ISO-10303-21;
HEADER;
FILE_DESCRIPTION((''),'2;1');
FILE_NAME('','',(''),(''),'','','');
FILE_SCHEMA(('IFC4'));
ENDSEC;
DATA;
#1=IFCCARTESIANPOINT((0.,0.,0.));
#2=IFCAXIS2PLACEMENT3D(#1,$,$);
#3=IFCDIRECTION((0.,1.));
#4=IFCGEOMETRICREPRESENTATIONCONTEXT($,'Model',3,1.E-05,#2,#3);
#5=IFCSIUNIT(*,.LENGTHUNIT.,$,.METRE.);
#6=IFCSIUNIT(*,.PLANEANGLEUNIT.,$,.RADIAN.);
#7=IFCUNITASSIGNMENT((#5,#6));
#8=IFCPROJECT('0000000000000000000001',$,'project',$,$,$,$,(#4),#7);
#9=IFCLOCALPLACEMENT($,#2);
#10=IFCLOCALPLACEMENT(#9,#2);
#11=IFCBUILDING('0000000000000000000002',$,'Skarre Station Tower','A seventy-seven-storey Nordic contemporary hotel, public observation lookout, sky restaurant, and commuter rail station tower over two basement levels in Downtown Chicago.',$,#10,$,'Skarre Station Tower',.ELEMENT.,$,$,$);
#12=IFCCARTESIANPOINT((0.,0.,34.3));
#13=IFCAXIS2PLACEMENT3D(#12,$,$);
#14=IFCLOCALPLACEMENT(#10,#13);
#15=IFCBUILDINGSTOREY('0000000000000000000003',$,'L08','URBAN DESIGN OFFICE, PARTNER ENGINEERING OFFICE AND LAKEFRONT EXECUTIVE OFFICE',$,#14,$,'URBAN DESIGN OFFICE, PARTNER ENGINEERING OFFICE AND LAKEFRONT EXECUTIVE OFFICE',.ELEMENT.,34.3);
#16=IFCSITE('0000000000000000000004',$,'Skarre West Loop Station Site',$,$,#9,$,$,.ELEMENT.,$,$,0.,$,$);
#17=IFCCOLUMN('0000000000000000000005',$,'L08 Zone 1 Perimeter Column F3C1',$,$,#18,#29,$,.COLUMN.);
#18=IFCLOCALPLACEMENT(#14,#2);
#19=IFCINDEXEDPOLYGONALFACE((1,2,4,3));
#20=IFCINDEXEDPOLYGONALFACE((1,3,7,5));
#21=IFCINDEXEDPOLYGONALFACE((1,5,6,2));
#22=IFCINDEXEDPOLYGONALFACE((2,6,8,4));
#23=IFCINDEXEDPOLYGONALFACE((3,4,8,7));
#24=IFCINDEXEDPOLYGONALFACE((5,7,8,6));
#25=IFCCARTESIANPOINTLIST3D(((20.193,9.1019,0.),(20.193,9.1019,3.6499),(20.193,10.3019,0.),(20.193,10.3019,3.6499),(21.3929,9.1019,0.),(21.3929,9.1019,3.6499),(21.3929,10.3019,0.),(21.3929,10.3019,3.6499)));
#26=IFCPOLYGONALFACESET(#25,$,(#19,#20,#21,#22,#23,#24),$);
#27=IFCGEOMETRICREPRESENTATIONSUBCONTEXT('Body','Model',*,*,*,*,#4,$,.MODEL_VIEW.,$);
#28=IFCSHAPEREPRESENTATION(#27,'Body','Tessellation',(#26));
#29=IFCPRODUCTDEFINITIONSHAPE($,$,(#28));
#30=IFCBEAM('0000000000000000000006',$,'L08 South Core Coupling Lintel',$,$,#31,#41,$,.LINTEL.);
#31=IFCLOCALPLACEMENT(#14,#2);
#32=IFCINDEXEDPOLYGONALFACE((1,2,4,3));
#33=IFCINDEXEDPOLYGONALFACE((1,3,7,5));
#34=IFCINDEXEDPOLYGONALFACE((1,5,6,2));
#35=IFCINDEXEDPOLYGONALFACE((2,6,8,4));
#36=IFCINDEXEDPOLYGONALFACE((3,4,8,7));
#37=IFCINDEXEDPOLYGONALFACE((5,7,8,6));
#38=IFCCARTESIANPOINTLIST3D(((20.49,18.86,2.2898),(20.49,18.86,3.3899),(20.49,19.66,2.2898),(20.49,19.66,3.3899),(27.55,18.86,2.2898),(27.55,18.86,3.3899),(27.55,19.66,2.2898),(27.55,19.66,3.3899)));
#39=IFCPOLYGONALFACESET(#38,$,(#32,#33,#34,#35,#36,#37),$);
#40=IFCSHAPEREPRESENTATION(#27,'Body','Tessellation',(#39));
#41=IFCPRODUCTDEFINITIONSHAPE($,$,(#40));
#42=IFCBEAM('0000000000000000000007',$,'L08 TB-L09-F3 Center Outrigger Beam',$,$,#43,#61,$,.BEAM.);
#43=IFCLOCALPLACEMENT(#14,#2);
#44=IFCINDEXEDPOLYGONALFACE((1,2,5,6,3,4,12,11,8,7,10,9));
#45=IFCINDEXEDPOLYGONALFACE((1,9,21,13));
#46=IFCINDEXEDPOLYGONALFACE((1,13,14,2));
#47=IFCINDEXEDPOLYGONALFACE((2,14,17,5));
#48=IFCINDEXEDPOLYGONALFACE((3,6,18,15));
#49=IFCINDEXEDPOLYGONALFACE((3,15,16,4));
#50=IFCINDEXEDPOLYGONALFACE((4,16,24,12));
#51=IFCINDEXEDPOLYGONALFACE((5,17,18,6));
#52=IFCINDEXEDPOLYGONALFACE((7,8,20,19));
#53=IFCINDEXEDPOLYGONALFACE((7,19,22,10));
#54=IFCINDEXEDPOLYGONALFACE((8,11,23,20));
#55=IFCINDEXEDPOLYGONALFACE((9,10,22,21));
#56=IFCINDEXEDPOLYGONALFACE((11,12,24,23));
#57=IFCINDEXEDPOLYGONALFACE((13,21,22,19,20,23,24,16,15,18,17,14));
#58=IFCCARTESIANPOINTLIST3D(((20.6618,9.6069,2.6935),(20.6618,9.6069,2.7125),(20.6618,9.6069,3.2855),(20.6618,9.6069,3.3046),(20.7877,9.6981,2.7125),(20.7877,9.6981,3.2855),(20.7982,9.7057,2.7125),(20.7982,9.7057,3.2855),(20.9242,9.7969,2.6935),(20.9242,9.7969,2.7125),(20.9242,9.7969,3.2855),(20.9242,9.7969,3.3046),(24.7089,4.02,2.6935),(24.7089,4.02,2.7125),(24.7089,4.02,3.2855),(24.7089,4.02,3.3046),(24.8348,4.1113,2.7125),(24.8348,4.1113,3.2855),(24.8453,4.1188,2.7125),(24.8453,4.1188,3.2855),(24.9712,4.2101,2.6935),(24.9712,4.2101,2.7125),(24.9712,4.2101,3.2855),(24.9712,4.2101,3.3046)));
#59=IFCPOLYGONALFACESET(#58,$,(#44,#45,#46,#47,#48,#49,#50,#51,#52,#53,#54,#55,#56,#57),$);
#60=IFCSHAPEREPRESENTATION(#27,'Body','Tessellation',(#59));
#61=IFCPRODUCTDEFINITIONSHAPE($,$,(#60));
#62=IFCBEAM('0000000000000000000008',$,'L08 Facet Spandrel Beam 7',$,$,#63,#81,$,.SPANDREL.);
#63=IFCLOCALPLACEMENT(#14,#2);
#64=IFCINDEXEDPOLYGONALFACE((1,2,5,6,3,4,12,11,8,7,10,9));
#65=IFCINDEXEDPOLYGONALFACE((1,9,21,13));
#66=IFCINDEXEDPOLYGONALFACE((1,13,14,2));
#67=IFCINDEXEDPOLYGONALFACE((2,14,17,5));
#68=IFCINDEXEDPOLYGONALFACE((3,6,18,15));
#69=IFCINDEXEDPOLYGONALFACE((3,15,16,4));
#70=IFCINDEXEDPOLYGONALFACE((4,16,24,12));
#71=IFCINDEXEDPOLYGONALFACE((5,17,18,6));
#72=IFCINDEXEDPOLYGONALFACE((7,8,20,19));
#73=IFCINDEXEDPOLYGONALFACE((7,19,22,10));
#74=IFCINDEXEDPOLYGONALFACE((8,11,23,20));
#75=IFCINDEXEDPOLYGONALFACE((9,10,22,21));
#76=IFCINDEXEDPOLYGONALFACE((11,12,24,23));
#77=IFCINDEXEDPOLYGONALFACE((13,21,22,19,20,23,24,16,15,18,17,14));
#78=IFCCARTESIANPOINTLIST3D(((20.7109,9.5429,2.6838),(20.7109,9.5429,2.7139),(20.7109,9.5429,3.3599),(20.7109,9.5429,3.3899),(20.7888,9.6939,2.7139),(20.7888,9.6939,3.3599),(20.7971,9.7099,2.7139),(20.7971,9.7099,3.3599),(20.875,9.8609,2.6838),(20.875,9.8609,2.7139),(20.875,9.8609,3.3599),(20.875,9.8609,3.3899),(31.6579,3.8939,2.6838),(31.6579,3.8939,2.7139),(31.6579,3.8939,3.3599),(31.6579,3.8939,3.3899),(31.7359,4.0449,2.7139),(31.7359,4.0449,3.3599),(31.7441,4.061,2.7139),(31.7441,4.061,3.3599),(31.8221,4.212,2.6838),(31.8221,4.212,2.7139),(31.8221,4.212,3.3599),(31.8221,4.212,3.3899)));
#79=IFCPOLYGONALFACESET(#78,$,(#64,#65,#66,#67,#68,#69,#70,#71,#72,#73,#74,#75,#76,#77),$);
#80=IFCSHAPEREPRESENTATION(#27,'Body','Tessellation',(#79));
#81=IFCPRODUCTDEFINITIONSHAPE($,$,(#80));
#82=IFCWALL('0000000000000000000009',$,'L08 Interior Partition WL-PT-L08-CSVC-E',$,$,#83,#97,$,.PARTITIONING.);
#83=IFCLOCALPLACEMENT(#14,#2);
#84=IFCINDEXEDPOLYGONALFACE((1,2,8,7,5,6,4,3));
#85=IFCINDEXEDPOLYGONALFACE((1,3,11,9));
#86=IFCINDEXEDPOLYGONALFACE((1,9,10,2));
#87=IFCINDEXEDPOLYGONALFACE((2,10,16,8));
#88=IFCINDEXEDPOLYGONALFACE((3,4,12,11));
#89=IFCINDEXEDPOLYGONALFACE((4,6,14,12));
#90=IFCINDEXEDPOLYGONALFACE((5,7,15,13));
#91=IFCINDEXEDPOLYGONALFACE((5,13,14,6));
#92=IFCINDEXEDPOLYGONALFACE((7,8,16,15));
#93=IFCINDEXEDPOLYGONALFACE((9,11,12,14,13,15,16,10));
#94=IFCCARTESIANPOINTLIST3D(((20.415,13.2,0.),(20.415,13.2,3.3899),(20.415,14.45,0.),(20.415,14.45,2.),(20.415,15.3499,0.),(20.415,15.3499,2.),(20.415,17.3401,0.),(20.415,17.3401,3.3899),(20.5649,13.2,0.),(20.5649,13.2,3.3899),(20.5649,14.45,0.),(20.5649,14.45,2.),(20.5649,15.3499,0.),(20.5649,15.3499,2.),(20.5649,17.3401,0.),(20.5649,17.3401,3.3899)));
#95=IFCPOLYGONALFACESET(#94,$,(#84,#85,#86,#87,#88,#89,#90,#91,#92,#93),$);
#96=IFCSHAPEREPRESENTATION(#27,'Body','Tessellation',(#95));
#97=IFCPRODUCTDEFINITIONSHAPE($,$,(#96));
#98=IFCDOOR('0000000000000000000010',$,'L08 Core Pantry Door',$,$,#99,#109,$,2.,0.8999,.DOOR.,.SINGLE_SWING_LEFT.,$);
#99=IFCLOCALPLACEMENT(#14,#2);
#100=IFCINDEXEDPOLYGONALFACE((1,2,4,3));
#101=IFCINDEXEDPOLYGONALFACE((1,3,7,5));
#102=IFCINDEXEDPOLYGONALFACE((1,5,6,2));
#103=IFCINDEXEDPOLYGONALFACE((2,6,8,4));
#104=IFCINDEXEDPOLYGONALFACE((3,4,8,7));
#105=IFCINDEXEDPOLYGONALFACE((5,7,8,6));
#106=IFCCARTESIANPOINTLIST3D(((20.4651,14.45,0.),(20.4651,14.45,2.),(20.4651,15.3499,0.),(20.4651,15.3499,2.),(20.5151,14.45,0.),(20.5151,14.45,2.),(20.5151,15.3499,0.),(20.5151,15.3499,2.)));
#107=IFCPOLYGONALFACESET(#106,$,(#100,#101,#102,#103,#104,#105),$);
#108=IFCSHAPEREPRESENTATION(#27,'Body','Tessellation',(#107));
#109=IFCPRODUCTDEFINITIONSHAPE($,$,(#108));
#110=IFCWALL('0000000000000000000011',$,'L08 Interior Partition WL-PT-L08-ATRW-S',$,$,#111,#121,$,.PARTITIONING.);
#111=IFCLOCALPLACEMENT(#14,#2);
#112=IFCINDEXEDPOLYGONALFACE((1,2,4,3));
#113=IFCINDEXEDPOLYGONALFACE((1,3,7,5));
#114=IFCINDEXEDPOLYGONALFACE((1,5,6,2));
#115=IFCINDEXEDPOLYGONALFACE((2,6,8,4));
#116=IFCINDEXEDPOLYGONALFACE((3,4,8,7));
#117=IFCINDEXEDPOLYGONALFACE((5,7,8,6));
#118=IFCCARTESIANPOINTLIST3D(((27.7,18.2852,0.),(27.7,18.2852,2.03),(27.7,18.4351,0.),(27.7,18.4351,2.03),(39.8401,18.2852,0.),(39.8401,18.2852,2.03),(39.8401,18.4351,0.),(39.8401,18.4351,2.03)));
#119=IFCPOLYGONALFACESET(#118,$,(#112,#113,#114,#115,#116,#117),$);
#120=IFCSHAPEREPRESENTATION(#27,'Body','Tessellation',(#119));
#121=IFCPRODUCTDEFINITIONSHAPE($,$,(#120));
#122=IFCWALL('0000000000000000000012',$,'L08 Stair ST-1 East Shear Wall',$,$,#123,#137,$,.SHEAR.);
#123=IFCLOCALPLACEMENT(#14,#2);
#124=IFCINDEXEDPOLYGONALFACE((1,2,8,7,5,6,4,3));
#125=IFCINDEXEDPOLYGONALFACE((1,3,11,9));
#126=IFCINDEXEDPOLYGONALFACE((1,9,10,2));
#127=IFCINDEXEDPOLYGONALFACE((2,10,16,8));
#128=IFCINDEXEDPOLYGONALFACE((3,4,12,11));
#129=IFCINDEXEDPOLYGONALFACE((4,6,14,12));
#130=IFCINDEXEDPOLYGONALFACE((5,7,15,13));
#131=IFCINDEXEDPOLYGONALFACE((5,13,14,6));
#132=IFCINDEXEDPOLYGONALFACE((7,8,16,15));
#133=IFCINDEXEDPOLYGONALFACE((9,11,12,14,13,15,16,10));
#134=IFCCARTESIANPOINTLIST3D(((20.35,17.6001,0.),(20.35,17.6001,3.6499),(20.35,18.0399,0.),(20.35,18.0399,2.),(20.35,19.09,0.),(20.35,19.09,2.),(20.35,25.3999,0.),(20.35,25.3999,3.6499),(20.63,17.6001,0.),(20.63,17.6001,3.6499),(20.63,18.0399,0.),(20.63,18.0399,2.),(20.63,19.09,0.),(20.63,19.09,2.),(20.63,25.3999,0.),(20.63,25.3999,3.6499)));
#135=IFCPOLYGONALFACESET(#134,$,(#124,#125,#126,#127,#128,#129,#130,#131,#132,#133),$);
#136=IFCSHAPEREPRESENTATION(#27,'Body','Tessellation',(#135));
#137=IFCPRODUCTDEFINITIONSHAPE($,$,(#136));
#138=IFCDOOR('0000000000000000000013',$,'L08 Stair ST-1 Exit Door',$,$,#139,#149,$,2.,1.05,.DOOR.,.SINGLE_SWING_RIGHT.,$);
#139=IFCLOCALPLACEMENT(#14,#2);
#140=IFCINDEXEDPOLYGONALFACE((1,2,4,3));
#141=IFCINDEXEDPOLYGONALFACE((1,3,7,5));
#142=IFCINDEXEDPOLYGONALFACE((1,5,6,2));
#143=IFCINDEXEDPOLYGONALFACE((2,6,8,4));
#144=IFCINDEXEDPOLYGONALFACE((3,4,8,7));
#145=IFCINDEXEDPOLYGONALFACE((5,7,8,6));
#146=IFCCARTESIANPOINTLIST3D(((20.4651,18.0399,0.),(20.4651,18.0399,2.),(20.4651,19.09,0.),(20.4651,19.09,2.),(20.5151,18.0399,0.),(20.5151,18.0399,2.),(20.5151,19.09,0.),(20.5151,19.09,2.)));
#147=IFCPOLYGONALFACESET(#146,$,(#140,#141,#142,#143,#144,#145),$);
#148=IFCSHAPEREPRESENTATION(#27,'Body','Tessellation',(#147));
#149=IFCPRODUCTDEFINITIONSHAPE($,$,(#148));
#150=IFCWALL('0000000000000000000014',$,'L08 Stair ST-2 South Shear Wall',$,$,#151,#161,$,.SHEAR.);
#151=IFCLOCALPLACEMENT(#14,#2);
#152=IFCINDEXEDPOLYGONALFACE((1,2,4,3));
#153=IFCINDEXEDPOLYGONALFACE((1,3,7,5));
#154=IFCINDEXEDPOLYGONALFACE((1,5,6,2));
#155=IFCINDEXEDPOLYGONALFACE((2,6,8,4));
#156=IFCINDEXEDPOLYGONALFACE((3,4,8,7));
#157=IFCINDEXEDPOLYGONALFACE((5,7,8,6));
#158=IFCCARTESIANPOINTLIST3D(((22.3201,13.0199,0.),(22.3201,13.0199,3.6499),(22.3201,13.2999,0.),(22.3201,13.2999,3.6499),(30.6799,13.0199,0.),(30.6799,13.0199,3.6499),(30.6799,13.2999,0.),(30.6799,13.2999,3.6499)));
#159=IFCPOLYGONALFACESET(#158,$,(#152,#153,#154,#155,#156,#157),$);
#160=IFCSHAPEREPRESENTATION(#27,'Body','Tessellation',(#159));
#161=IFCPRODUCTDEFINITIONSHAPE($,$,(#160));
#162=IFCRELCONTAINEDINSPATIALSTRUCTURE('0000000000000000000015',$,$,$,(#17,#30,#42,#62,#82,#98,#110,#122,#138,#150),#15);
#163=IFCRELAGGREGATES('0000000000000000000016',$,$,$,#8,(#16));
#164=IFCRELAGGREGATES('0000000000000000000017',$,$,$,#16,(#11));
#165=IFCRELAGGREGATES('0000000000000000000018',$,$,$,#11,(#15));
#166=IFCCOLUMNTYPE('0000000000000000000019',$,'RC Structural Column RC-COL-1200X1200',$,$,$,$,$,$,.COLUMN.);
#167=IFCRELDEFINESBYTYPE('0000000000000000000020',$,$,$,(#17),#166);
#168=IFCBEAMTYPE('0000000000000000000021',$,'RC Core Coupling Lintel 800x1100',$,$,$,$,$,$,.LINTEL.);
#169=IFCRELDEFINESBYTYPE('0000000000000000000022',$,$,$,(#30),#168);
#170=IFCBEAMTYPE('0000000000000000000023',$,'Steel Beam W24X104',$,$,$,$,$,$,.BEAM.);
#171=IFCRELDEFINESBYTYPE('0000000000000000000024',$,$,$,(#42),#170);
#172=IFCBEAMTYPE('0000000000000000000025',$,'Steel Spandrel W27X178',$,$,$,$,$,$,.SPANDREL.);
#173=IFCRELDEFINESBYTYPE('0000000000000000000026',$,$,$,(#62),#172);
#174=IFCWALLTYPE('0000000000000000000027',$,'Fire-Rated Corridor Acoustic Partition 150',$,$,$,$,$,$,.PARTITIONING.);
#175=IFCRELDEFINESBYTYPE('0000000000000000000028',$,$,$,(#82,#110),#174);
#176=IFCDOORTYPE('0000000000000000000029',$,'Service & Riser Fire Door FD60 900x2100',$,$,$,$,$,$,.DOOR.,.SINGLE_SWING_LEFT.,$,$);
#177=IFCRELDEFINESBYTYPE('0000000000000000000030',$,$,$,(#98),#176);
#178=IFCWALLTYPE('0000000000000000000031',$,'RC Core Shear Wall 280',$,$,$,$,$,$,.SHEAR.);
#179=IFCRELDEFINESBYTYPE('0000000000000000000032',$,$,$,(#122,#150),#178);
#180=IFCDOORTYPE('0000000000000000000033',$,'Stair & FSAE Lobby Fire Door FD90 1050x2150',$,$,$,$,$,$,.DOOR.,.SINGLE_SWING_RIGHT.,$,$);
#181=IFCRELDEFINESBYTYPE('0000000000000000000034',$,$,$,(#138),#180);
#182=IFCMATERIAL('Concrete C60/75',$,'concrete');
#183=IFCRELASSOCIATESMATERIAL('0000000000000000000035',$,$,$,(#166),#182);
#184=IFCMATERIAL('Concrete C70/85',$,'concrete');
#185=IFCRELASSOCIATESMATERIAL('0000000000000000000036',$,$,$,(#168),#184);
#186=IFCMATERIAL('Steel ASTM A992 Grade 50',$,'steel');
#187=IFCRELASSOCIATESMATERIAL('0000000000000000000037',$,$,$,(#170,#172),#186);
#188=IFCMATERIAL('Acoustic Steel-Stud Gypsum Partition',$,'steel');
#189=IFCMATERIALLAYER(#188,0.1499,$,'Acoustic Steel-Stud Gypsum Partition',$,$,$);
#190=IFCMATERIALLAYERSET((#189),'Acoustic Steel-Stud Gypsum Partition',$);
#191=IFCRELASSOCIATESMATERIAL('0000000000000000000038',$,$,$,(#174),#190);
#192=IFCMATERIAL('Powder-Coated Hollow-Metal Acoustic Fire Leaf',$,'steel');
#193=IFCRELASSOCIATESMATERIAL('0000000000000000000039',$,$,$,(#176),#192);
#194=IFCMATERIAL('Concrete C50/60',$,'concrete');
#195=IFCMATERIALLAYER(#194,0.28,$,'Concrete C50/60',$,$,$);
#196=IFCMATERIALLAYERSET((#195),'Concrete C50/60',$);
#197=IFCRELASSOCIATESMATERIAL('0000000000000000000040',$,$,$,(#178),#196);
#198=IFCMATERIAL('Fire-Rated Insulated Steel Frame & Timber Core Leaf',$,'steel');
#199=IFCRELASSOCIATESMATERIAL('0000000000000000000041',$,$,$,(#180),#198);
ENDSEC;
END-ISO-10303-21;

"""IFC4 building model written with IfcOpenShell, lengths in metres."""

from ifc_helpers import new_model, si_unit, direction, frame, frame_2d, origin, origin_2d, place, context, subcontext, project, spatial, rectangle, i_section, extrude, material, layer, layer_set, material_profile, profile_set, type_object, element, fill, save


model = new_model("IFC4")

# Units and contexts
model_context = context("Model", 3, precision=1e-05, world=origin(), true_north=direction((0.0, 1.0)))
body_context = subcontext(model_context, "Body", "Model", "MODEL_VIEW")
ifc_project = project(units=[si_unit("LENGTHUNIT", "METRE"), si_unit("PLANEANGLEUNIT", "RADIAN")], contexts=[model_context])

# Site, building, storey
site_placement = place(None, origin())
site = spatial("IfcSite", under=ifc_project, at=site_placement, Name="Skarre West Loop Station Site", CompositionType="ELEMENT", RefElevation=0.0)
building_placement = place(site_placement, origin())
building = spatial("IfcBuilding", under=site, at=building_placement, Name="Skarre Station Tower", Description="A seventy-seven-storey Nordic contemporary hotel, public observation lookout, sky restaurant, and commuter rail station tower over two basement levels in Downtown Chicago.", LongName="Skarre Station Tower", CompositionType="ELEMENT")
storey_placement = place(building_placement, frame((0.0, 0.0, 34.3)))
storey = spatial("IfcBuildingStorey", under=building, at=storey_placement, Name="L08", Description="URBAN DESIGN OFFICE, PARTNER ENGINEERING OFFICE AND LAKEFRONT EXECUTIVE OFFICE", LongName="URBAN DESIGN OFFICE, PARTNER ENGINEERING OFFICE AND LAKEFRONT EXECUTIVE OFFICE", CompositionType="ELEMENT", Elevation=34.3)

# Column
ifc_material_1 = material(Name="Concrete C60/75", Category="concrete")
ifc_material_profile_1 = material_profile(ifc_material_1, rectangle(XDim=1.2, YDim=1.2, at=origin_2d()), Name="Concrete C60/75")
ifc_profile_set_1 = profile_set([ifc_material_profile_1], Name="Concrete C60/75")
column_type = type_object("IfcColumnType", Name="RC Structural Column RC-COL-1200X1200", PredefinedType="COLUMN", material=ifc_profile_set_1)
column_placement = place(storey_placement, frame((20.793, 9.7019, 0.0), z_axis=(0.0, 0.0, 1.0), x_axis=(1.0, 0.0, 0.0)))
element("IfcColumn", 1, at=column_placement, inside=storey, type_object=column_type, Name="L08 Zone 1 Perimeter Column F3C1", PredefinedType="COLUMN", context=body_context, shape_type="SweptSolid", body=[
    extrude(rectangle(XDim=1.2, YDim=1.2, at=origin_2d()), origin(), (0.0, 0.0, 1.0), 3.6499),
])

# Beams
ifc_material_2 = material(Name="Concrete C70/85", Category="concrete")
ifc_material_profile_2 = material_profile(ifc_material_2, rectangle(XDim=0.8, YDim=1.1001, at=origin_2d()), Name="Concrete C70/85")
ifc_profile_set_2 = profile_set([ifc_material_profile_2], Name="Concrete C70/85")
beam_type_1 = type_object("IfcBeamType", Name="RC Core Coupling Lintel 800x1100", PredefinedType="LINTEL", material=ifc_profile_set_2)
beam_1_placement = place(storey_placement, frame((20.49, 19.26, 2.8398), z_axis=(1.0, 0.0, 0.0), x_axis=(0.0, 1.0, 0.0)))
element("IfcBeam", 2, at=beam_1_placement, inside=storey, type_object=beam_type_1, Name="L08 South Core Coupling Lintel", PredefinedType="LINTEL", context=body_context, shape_type="SweptSolid", body=[
    extrude(rectangle(XDim=0.8, YDim=1.1001, at=origin_2d()), origin(), (0.0, 0.0, 1.0), 7.0601),
])
ifc_material_3 = material(Name="Steel ASTM A992 Grade 50", Category="steel")
ifc_material_profile_3 = material_profile(ifc_material_3, i_section(OverallWidth=0.324, OverallDepth=0.6111, WebThickness=0.0129, FlangeThickness=0.019, at=origin_2d()), Name="Steel ASTM A992 Grade 50")
ifc_profile_set_3 = profile_set([ifc_material_profile_3], Name="Steel ASTM A992 Grade 50")
beam_type_2 = type_object("IfcBeamType", Name="Steel Beam W24X104", PredefinedType="BEAM", material=ifc_profile_set_3)
beam_2_placement = place(storey_placement, frame((20.793, 9.7019, 2.999), z_axis=(0.586645, -0.809844, 0.0), x_axis=(0.809844, 0.586645, 0.0)))
element("IfcBeam", 3, at=beam_2_placement, inside=storey, type_object=beam_type_2, Name="L08 TB-L09-F3 Center Outrigger Beam", PredefinedType="BEAM", context=body_context, shape_type="SweptSolid", body=[
    extrude(i_section(OverallWidth=0.324, OverallDepth=0.6111, WebThickness=0.0129, FlangeThickness=0.019, at=origin_2d()), origin(), (0.0, 0.0, 1.0), 6.8987),
])
ifc_material_profile_4 = material_profile(ifc_material_3, i_section(OverallWidth=0.3579, OverallDepth=0.7061, WebThickness=0.0181, FlangeThickness=0.03, at=origin_2d()), Name="Steel ASTM A992 Grade 50")
ifc_profile_set_4 = profile_set([ifc_material_profile_4], Name="Steel ASTM A992 Grade 50")
beam_type_3 = type_object("IfcBeamType", Name="Steel Spandrel W27X178", PredefinedType="SPANDREL", material=ifc_profile_set_4)
beam_3_placement = place(storey_placement, frame((20.793, 9.7019, 3.0369), z_axis=(0.888659, -0.458569, 0.0), x_axis=(0.458569, 0.888659, 0.0)))
element("IfcBeam", 4, at=beam_3_placement, inside=storey, type_object=beam_type_3, Name="L08 Facet Spandrel Beam 7", PredefinedType="SPANDREL", context=body_context, shape_type="SweptSolid", body=[
    extrude(i_section(OverallWidth=0.3579, OverallDepth=0.7061, WebThickness=0.0181, FlangeThickness=0.03, at=origin_2d()), origin(), (0.0, 0.0, 1.0), 12.3186),
])

# Wall, opening, door
ifc_material_4 = material(Name="Acoustic Steel-Stud Gypsum Partition", Category="steel")
ifc_layer_1 = layer(ifc_material_4, 0.1499, Name="Acoustic Steel-Stud Gypsum Partition")
ifc_layer_set_1 = layer_set([ifc_layer_1], Name="Acoustic Steel-Stud Gypsum Partition")
wall_type_1 = type_object("IfcWallType", Name="Fire-Rated Corridor Acoustic Partition 150", PredefinedType="PARTITIONING", material=ifc_layer_set_1)
wall_1_placement = place(storey_placement, frame((20.49, 13.2, 0.0), z_axis=(0.0, 0.0, 1.0), x_axis=(0.0, 1.0, 0.0)))
wall_1 = element("IfcWall", 5, at=wall_1_placement, inside=storey, type_object=wall_type_1, Name="L08 Interior Partition WL-PT-L08-CSVC-E", PredefinedType="PARTITIONING", context=body_context, shape_type="SweptSolid", body=[
    extrude(rectangle(XDim=4.1401, YDim=0.1499, at=frame_2d((2.0701, 0.0))), origin(), (0.0, 0.0, 1.0), 3.3899),
])
opening_1_placement = place(wall_1_placement, frame((1.25, 0.0, 0.0)))
opening_1 = element("IfcOpeningElement", 6, at=opening_1_placement, cuts=wall_1, PredefinedType="OPENING", context=body_context, shape_type="SweptSolid", body=[
    extrude(rectangle(XDim=0.8999, YDim=2.0, at=frame_2d((0.45, 1.0))), frame((0.0, 0.085, 0.0), z_axis=(0.0, -1.0, 0.0), x_axis=(1.0, 0.0, 0.0)), (0.0, 0.0, 1.0), 0.1699),
])
ifc_material_5 = material(Name="Powder-Coated Hollow-Metal Acoustic Fire Leaf", Category="steel")
door_type_1 = type_object("IfcDoorType", Name="Service & Riser Fire Door FD60 900x2100", OperationType="SINGLE_SWING_LEFT", PredefinedType="DOOR", material=ifc_material_5)
door_1_placement = place(opening_1_placement, origin())
door_1 = element("IfcDoor", 7, at=door_1_placement, inside=storey, type_object=door_type_1, Name="L08 Core Pantry Door", OperationType="SINGLE_SWING_LEFT", OverallHeight=2.0, OverallWidth=0.8999, PredefinedType="DOOR", context=body_context, shape_type="SweptSolid", body=[
    extrude(rectangle(XDim=0.8999, YDim=2.0, at=frame_2d((0.45, 1.0))), frame((0.0, 0.0249, 0.0), z_axis=(0.0, -1.0, 0.0), x_axis=(1.0, 0.0, 0.0)), (0.0, 0.0, 1.0), 0.05),
])
fill(opening_1, door_1)

# Wall
wall_2_placement = place(storey_placement, frame((27.7, 18.3601, 0.0), z_axis=(0.0, 0.0, 1.0), x_axis=(1.0, 0.0, 0.0)))
element("IfcWall", 8, at=wall_2_placement, inside=storey, type_object=wall_type_1, Name="L08 Interior Partition WL-PT-L08-ATRW-S", PredefinedType="PARTITIONING", context=body_context, shape_type="SweptSolid", body=[
    extrude(rectangle(XDim=12.1401, YDim=0.1499, at=frame_2d((6.0701, 0.0))), origin(), (0.0, 0.0, 1.0), 2.03),
])

# Wall, opening, door
ifc_material_6 = material(Name="Concrete C50/60", Category="concrete")
ifc_layer_2 = layer(ifc_material_6, 0.28, Name="Concrete C50/60")
ifc_layer_set_2 = layer_set([ifc_layer_2], Name="Concrete C50/60")
wall_type_2 = type_object("IfcWallType", Name="RC Core Shear Wall 280", PredefinedType="SHEAR", material=ifc_layer_set_2)
wall_3_placement = place(storey_placement, frame((20.49, 17.6001, 0.0), z_axis=(0.0, 0.0, 1.0), x_axis=(0.0, 1.0, 0.0)))
wall_3 = element("IfcWall", 9, at=wall_3_placement, inside=storey, type_object=wall_type_2, Name="L08 Stair ST-1 East Shear Wall", PredefinedType="SHEAR", context=body_context, shape_type="SweptSolid", body=[
    extrude(rectangle(XDim=7.7998, YDim=0.28, at=frame_2d((3.8999, 0.0))), origin(), (0.0, 0.0, 1.0), 3.6499),
])
opening_2_placement = place(wall_3_placement, frame((0.4399, 0.0, 0.0)))
opening_2 = element("IfcOpeningElement", 10, at=opening_2_placement, cuts=wall_3, PredefinedType="OPENING", context=body_context, shape_type="SweptSolid", body=[
    extrude(rectangle(XDim=1.05, YDim=2.0, at=frame_2d((0.5249, 1.0))), frame((0.0, 0.1499, 0.0), z_axis=(0.0, -1.0, 0.0), x_axis=(1.0, 0.0, 0.0)), (0.0, 0.0, 1.0), 0.3),
])
ifc_material_7 = material(Name="Fire-Rated Insulated Steel Frame & Timber Core Leaf", Category="steel")
door_type_2 = type_object("IfcDoorType", Name="Stair & FSAE Lobby Fire Door FD90 1050x2150", OperationType="SINGLE_SWING_RIGHT", PredefinedType="DOOR", material=ifc_material_7)
door_2_placement = place(opening_2_placement, origin())
door_2 = element("IfcDoor", 11, at=door_2_placement, inside=storey, type_object=door_type_2, Name="L08 Stair ST-1 Exit Door", OperationType="SINGLE_SWING_RIGHT", OverallHeight=2.0, OverallWidth=1.05, PredefinedType="DOOR", context=body_context, shape_type="SweptSolid", body=[
    extrude(rectangle(XDim=1.05, YDim=2.0, at=frame_2d((0.5249, 1.0))), frame((0.0, 0.0249, 0.0), z_axis=(0.0, -1.0, 0.0), x_axis=(1.0, 0.0, 0.0)), (0.0, 0.0, 1.0), 0.05),
])
fill(opening_2, door_2)

# Wall
wall_4_placement = place(storey_placement, frame((22.3201, 13.1599, 0.0), z_axis=(0.0, 0.0, 1.0), x_axis=(1.0, 0.0, 0.0)))
element("IfcWall", 12, at=wall_4_placement, inside=storey, type_object=wall_type_2, Name="L08 Stair ST-2 South Shear Wall", PredefinedType="SHEAR", context=body_context, shape_type="SweptSolid", body=[
    extrude(rectangle(XDim=8.3599, YDim=0.28, at=frame_2d((4.1799, 0.0))), origin(), (0.0, 0.0, 1.0), 3.6499),
])

save(model, "model.ifc")
